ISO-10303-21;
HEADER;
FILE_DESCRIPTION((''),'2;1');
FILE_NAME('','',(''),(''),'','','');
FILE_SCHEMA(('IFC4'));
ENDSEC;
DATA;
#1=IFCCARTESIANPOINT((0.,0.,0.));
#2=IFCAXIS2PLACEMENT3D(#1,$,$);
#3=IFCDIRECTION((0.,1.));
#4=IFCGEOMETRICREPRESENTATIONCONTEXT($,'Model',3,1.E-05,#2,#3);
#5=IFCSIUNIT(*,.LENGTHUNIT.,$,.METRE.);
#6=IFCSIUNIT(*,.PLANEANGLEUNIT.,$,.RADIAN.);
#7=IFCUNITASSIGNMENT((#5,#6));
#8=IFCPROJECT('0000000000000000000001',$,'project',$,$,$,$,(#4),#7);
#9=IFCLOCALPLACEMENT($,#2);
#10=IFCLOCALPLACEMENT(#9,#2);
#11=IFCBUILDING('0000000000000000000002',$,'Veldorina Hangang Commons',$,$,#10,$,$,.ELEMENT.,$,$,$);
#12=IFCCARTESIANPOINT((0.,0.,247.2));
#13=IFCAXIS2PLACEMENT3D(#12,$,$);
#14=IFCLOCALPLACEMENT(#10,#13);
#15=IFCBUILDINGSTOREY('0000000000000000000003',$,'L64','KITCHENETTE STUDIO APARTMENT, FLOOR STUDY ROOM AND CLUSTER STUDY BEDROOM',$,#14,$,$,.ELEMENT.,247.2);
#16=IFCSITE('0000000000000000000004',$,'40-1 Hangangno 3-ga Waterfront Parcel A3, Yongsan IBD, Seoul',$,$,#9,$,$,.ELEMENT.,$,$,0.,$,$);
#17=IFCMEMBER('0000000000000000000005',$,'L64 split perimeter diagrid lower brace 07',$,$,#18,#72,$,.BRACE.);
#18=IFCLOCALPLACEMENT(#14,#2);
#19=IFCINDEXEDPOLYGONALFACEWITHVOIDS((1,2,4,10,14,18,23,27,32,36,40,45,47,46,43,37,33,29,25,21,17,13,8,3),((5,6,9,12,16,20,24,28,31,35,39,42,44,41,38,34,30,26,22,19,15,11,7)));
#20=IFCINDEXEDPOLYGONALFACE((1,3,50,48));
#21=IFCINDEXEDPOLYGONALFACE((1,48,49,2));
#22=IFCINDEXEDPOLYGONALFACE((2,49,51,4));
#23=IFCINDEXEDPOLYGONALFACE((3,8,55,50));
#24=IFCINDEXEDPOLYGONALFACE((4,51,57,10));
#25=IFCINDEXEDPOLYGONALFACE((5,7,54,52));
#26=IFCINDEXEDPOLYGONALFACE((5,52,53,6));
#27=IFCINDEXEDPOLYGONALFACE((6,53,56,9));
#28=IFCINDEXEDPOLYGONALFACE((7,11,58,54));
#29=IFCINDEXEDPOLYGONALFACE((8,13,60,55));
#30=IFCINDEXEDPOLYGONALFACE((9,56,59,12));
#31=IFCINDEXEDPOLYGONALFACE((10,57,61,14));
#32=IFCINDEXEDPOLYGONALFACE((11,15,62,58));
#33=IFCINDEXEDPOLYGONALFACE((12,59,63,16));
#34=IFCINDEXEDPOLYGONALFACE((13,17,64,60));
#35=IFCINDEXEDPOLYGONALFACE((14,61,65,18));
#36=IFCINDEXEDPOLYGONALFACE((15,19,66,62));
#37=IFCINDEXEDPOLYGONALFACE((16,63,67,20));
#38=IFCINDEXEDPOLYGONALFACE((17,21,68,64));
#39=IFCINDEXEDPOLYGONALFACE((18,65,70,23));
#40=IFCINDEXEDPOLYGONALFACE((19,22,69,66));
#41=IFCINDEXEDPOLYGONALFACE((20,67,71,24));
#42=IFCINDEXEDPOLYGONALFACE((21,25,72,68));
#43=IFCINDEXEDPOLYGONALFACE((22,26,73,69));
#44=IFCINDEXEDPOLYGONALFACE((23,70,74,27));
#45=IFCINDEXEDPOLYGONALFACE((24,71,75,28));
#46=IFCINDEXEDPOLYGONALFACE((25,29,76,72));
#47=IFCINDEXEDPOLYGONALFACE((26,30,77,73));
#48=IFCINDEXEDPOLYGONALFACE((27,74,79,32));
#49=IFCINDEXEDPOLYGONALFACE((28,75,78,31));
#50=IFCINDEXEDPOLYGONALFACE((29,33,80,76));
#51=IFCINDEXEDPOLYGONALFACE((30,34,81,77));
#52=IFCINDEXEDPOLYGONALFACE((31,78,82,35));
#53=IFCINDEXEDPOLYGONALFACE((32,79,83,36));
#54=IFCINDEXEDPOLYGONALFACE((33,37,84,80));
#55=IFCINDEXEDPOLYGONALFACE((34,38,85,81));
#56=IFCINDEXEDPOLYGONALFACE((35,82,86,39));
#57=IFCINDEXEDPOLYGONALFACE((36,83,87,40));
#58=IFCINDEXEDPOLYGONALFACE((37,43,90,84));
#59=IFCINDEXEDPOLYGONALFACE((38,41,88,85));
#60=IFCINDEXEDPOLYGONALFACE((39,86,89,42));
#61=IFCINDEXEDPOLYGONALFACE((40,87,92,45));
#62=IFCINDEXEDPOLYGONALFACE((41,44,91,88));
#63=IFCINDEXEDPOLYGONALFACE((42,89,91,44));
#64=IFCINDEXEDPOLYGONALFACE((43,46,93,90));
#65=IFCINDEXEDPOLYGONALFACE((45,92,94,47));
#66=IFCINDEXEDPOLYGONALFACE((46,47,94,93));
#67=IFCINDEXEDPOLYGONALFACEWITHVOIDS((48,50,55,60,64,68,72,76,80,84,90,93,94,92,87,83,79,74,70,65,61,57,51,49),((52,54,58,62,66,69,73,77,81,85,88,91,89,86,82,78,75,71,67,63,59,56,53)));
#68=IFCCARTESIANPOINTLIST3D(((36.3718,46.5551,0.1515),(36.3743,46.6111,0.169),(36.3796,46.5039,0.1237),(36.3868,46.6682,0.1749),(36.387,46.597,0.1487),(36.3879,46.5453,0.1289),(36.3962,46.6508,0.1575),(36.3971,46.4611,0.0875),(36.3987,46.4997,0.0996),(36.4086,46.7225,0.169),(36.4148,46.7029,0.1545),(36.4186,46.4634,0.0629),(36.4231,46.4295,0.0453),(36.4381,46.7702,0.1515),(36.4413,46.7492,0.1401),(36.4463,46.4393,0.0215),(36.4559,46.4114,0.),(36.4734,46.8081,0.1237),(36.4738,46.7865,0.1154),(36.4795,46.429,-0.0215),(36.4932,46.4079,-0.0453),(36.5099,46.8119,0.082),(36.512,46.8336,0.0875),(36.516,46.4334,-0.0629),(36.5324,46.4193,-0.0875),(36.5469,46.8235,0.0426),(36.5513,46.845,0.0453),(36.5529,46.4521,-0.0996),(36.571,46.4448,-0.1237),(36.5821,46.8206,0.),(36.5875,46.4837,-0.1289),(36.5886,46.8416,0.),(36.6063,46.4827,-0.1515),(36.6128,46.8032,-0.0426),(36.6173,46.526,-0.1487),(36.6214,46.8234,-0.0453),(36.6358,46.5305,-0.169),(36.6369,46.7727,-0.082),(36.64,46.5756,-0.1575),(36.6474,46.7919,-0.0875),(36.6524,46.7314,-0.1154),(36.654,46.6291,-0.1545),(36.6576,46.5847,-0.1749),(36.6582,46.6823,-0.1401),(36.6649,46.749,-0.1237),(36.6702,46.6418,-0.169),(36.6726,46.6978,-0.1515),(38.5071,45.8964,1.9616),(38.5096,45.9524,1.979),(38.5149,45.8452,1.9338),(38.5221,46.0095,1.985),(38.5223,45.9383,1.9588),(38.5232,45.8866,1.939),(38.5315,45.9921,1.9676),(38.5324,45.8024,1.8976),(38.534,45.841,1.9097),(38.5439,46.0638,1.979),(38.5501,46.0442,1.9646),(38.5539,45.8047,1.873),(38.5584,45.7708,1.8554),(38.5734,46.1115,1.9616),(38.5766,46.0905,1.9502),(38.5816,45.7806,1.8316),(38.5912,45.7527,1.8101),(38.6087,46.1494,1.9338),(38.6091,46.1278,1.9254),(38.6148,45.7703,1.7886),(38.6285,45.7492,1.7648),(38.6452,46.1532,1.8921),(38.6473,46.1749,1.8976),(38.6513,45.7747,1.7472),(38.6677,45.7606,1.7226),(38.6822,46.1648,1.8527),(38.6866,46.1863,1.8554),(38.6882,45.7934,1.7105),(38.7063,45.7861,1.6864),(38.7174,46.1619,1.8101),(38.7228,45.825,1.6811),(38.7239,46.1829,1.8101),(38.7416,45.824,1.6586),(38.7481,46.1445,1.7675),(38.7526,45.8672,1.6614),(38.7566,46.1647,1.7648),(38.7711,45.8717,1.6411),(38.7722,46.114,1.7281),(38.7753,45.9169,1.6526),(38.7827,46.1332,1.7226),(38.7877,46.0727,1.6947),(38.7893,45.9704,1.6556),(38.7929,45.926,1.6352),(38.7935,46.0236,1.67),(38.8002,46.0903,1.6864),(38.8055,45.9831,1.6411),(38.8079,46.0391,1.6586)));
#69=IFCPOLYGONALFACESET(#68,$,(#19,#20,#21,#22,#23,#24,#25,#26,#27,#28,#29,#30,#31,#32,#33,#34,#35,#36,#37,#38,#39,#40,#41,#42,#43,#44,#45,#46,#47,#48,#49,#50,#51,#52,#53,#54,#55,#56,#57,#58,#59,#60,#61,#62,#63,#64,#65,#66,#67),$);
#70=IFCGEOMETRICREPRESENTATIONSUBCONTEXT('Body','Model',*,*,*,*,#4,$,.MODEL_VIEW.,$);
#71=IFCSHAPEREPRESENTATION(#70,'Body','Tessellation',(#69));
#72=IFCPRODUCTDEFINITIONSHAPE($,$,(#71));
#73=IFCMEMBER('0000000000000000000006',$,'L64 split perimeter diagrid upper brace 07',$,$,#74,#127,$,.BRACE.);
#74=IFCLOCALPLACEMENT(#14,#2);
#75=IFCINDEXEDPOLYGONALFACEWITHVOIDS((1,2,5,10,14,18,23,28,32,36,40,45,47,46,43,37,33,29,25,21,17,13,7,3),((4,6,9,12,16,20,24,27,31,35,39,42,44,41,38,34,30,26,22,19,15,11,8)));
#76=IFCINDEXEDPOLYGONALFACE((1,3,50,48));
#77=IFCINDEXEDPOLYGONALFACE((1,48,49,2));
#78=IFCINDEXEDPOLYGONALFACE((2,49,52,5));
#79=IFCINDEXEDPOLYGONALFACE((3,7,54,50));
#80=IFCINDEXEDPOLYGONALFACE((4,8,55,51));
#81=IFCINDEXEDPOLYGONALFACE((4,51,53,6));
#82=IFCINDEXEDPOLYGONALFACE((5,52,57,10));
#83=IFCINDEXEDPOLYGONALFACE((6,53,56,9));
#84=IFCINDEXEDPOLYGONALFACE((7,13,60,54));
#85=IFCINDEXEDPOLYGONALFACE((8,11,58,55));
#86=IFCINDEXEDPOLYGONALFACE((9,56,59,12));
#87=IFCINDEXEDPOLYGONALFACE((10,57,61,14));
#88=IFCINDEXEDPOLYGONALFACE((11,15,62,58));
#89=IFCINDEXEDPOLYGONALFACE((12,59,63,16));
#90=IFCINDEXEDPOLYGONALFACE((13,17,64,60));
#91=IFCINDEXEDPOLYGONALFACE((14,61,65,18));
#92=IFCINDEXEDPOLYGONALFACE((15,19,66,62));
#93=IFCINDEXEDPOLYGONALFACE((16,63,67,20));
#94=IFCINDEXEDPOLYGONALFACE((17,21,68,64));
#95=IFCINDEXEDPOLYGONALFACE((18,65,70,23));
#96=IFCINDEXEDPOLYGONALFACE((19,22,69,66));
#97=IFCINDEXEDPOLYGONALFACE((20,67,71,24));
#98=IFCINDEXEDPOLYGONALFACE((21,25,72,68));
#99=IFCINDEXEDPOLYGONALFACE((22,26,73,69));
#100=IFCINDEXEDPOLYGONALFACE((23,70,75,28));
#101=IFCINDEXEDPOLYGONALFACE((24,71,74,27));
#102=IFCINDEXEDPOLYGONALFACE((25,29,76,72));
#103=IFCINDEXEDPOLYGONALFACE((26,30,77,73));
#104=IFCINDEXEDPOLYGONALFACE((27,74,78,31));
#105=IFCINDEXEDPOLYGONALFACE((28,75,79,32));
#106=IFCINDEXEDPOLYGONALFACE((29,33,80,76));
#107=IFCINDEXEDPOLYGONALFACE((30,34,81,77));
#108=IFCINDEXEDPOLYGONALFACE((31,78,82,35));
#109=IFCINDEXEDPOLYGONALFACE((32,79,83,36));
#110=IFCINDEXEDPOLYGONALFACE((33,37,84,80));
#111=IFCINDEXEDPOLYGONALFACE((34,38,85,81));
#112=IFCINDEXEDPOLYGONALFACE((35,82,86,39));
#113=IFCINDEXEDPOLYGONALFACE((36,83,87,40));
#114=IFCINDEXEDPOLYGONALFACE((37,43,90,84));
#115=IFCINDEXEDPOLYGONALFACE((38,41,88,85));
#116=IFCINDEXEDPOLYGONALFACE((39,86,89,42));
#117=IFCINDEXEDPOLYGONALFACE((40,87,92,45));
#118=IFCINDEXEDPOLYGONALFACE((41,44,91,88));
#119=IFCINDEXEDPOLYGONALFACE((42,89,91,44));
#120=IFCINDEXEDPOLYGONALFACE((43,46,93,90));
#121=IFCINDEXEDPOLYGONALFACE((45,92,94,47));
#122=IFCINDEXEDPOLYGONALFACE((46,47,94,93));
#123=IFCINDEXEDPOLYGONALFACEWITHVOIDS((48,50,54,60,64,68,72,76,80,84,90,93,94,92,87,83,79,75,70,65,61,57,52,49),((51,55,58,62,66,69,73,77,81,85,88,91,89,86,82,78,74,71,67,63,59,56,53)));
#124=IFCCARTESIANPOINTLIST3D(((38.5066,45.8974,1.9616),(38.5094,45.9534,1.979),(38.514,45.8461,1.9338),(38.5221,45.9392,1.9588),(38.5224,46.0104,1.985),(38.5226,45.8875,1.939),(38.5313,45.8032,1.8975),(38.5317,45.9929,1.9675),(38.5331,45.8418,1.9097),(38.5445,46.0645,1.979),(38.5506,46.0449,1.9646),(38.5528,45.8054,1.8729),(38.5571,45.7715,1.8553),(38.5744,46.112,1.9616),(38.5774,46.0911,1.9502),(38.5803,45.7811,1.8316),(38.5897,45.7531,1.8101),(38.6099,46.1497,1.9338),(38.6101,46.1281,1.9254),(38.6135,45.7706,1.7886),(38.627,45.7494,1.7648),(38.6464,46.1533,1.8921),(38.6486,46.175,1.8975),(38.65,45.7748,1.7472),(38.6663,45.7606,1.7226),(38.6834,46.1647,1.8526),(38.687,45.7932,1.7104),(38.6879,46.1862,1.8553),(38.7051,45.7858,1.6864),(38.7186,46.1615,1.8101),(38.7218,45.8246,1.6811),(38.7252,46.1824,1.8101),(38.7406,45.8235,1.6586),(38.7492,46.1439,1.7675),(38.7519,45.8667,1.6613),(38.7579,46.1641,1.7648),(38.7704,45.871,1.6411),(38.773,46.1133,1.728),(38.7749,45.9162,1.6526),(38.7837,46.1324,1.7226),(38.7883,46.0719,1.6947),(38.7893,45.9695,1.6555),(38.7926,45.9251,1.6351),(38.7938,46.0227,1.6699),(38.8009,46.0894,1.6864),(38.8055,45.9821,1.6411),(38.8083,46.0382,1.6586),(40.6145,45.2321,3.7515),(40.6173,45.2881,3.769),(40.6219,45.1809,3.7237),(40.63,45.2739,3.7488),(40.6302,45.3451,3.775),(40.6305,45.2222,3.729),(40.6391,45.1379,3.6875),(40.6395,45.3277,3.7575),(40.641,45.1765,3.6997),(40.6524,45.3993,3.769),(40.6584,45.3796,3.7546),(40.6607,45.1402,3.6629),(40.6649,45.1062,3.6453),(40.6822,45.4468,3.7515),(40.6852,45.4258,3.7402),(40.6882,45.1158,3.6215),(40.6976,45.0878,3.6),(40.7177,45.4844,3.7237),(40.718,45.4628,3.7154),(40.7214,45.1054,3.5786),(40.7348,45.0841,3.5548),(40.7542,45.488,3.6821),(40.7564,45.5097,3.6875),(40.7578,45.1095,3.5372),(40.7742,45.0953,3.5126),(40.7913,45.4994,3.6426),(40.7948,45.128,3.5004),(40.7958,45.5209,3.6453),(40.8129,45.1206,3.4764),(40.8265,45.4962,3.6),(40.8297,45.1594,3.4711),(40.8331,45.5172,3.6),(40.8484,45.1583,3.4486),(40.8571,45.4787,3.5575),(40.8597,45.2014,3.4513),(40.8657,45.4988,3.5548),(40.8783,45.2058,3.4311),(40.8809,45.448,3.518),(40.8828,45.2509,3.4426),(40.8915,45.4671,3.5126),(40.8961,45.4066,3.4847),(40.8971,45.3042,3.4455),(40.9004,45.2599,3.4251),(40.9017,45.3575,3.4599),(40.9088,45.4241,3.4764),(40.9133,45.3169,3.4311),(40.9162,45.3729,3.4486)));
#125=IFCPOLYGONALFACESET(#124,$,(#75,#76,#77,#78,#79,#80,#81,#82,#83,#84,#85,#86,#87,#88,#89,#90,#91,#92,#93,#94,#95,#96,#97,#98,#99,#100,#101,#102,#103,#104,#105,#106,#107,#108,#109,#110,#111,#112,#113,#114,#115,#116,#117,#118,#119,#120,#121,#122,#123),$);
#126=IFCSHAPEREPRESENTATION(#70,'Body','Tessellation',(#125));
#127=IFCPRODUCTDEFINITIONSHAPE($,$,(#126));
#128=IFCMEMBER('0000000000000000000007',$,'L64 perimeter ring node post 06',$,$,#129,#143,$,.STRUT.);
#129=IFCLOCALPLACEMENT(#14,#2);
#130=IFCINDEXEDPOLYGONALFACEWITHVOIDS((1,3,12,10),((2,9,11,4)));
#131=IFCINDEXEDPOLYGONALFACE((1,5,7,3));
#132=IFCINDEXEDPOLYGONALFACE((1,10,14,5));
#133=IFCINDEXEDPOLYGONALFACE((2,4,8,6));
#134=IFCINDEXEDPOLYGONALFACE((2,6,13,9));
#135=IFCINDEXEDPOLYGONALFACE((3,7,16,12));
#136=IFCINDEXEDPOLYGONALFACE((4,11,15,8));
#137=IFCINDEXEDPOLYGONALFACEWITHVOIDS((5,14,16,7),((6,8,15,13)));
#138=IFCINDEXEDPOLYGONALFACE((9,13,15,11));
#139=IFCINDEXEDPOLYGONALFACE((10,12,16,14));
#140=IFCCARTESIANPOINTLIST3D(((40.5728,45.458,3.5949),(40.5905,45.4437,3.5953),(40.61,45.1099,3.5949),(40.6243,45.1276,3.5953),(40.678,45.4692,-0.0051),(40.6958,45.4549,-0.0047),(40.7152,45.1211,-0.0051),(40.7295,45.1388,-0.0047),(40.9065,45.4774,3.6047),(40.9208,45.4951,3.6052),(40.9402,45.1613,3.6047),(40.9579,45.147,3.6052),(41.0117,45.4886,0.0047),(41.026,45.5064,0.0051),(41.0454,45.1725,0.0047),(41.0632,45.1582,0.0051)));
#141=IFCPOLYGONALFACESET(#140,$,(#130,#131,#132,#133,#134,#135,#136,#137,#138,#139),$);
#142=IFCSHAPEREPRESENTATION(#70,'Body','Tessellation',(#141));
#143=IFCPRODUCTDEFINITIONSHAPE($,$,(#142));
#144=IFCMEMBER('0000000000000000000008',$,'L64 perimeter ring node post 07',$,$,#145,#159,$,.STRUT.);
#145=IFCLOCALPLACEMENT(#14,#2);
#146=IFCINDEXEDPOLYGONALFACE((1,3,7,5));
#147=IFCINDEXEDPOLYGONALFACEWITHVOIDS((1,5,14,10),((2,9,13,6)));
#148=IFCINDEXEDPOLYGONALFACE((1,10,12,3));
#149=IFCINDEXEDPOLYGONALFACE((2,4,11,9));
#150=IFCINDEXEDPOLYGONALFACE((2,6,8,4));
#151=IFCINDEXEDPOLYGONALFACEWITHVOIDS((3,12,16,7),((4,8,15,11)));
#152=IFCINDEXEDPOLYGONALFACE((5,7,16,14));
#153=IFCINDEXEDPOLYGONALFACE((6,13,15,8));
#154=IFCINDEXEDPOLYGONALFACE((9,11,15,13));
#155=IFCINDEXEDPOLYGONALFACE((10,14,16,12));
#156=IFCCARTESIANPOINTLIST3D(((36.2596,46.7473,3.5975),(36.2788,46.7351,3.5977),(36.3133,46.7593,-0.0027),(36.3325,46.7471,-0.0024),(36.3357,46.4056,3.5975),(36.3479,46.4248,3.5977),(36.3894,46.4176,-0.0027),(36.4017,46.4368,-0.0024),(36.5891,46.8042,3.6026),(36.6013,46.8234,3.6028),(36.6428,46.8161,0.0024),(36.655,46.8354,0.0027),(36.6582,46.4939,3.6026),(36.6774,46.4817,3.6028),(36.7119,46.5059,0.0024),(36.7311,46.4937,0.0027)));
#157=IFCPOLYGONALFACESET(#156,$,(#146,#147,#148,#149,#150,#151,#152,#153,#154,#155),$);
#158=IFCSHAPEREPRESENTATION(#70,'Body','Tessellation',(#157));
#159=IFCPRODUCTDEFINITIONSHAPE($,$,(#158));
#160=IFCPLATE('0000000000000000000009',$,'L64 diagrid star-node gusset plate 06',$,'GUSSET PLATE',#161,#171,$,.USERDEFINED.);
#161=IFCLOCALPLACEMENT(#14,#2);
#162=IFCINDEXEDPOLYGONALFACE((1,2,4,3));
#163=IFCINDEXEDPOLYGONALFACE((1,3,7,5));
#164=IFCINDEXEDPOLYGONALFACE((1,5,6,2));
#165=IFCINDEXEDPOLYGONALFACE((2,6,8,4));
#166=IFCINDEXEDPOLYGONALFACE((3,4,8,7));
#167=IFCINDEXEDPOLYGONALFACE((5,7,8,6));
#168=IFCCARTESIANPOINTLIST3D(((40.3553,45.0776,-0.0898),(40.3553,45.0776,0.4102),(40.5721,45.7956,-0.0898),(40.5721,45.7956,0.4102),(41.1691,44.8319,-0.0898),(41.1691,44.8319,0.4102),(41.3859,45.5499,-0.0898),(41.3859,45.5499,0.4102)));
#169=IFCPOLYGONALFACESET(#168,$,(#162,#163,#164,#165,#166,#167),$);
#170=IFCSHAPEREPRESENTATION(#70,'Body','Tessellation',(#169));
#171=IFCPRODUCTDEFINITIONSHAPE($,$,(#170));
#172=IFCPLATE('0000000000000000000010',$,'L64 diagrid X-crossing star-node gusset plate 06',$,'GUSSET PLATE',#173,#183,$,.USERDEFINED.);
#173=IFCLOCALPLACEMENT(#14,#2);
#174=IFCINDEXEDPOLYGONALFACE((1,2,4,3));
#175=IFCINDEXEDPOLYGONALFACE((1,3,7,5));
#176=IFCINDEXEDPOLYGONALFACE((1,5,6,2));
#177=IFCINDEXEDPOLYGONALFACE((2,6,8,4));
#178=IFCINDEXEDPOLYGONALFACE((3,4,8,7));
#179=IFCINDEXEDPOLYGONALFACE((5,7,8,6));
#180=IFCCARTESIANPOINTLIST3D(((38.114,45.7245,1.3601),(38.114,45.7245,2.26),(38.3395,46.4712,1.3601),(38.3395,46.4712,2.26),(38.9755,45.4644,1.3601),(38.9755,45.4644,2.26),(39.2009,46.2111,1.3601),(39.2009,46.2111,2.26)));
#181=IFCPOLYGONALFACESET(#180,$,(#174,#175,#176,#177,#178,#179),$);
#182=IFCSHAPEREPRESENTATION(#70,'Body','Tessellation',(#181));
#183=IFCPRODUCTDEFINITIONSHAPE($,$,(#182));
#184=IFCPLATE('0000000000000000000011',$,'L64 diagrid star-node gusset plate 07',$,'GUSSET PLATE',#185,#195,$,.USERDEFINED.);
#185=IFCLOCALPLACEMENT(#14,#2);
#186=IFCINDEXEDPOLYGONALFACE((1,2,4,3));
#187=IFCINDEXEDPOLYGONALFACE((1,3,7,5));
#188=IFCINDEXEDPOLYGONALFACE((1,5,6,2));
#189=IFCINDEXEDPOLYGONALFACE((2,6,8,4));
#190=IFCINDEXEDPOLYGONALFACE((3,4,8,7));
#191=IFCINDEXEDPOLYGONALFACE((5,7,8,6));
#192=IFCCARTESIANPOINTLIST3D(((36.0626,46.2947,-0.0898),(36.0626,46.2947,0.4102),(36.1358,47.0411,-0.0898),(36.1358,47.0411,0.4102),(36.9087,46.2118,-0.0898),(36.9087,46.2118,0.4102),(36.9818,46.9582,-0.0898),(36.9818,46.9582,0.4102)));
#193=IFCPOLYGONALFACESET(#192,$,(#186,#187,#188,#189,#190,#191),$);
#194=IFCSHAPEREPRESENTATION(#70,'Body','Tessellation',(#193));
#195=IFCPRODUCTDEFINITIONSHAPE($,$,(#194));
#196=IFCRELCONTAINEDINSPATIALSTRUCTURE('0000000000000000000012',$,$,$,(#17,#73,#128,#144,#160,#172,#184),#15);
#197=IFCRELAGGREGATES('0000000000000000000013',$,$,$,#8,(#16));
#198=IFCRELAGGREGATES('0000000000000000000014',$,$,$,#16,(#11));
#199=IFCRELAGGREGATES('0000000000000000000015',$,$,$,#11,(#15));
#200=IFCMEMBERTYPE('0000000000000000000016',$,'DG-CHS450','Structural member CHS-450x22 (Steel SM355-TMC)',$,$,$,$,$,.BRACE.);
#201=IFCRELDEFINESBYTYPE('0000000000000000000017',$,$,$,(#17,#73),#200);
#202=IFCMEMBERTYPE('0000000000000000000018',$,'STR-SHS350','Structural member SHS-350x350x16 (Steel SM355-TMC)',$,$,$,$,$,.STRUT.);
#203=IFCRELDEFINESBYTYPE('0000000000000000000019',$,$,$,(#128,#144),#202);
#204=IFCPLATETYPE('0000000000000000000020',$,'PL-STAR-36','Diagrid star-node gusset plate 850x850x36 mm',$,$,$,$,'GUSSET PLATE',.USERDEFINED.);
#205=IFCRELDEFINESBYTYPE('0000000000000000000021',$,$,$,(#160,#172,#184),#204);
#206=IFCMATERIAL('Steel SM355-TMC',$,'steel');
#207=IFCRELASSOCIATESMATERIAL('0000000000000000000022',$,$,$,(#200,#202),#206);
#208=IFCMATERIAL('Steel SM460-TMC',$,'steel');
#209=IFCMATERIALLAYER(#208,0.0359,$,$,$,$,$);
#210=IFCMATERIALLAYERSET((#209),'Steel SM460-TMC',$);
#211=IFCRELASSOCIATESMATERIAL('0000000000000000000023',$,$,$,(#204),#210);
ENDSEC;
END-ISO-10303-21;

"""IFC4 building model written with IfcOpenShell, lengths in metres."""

from ifc_helpers import new_model, si_unit, direction, frame, origin, origin_2d, place, context, subcontext, project, spatial, rectangle, hollow_rectangle, hollow_circle, extrude, material, layer, layer_set, material_profile, profile_set, type_object, element, save


model = new_model("IFC4")

# Units and contexts
model_context = context("Model", 3, precision=1e-05, world=origin(), true_north=direction((0.0, 1.0)))
body_context = subcontext(model_context, "Body", "Model", "MODEL_VIEW")
ifc_project = project(units=[si_unit("LENGTHUNIT", "METRE"), si_unit("PLANEANGLEUNIT", "RADIAN")], contexts=[model_context])

# Site, building, storey
site_placement = place(None, origin())
site = spatial("IfcSite", under=ifc_project, at=site_placement, Name="40-1 Hangangno 3-ga Waterfront Parcel A3, Yongsan IBD, Seoul", CompositionType="ELEMENT", RefElevation=0.0)
building_placement = place(site_placement, origin())
building = spatial("IfcBuilding", under=site, at=building_placement, Name="Veldorina Hangang Commons", CompositionType="ELEMENT")
storey_placement = place(building_placement, frame((0.0, 0.0, 247.2)))
storey = spatial("IfcBuildingStorey", under=building, at=storey_placement, Name="L64", Description="KITCHENETTE STUDIO APARTMENT, FLOOR STUDY ROOM AND CLUSTER STUDY BEDROOM", CompositionType="ELEMENT", Elevation=247.2)

# Shared definitions
ifc_material_1 = material(Name="Steel SM355-TMC", Category="steel")

# Members
ifc_material_profile_1 = material_profile(ifc_material_1, hollow_circle(Radius=0.2251, WallThickness=0.022, at=origin_2d()), Name="CHS-450x22")
ifc_profile_set_1 = profile_set([ifc_material_profile_1], Name="Steel SM355-TMC")
member_type_1 = type_object("IfcMemberType", Name="DG-CHS450", Description="Structural member CHS-450x22 (Steel SM355-TMC)", PredefinedType="BRACE", material=ifc_profile_set_1)
member_1_placement = place(storey_placement, frame((36.5222, 46.6265, 0.0), z_axis=(0.742523, -0.229056, 0.629438), x_axis=(0.294777, 0.955566, 0.0)))
element("IfcMember", 1, at=member_1_placement, inside=storey, type_object=member_type_1, Name="L64 split perimeter diagrid lower brace 07", PredefinedType="BRACE", context=body_context, shape_type="SweptSolid", body=[
    extrude(hollow_circle(Radius=0.2251, WallThickness=0.022, at=origin_2d()), origin(), (0.0, 0.0, 1.0), 2.8757),
])
member_2_placement = place(storey_placement, frame((38.6575, 45.9678, 1.8101), z_axis=(0.741096, -0.233899, 0.629339), x_axis=(0.300978, 0.953631, 0.0)))
element("IfcMember", 2, at=member_2_placement, inside=storey, type_object=member_type_1, Name="L64 split perimeter diagrid upper brace 07", PredefinedType="BRACE", context=body_context, shape_type="SweptSolid", body=[
    extrude(hollow_circle(Radius=0.2251, WallThickness=0.022, at=origin_2d()), origin(), (0.0, 0.0, 1.0), 2.8442),
])
ifc_material_profile_2 = material_profile(ifc_material_1, hollow_rectangle(XDim=0.3501, YDim=0.3501, WallThickness=0.0161, at=origin_2d()), Name="SHS-350x350x16")
ifc_profile_set_2 = profile_set([ifc_material_profile_2], Name="Steel SM355-TMC")
member_type_2 = type_object("IfcMemberType", Name="STR-SHS350", Description="Structural member SHS-350x350x16 (Steel SM355-TMC)", PredefinedType="STRUT", material=ifc_profile_set_2)
member_3_placement = place(storey_placement, frame((40.8706, 45.3137, 0.0), z_axis=(-0.029216, -0.003118, 0.999568), x_axis=(0.106126, -0.994353, 0.0)))
element("IfcMember", 3, at=member_3_placement, inside=storey, type_object=member_type_2, Name="L64 perimeter ring node post 06", PredefinedType="STRUT", context=body_context, shape_type="SweptSolid", body=[
    extrude(hollow_rectangle(XDim=0.3501, YDim=0.3501, WallThickness=0.0161, at=origin_2d()), origin(), (0.0, 0.0, 1.0), 3.6016),
])
member_4_placement = place(storey_placement, frame((36.5222, 46.6265, 0.0), z_axis=(-0.014918, -0.003323, 0.999883), x_axis=(0.2174, -0.976083, 0.0)))
element("IfcMember", 4, at=member_4_placement, inside=storey, type_object=member_type_2, Name="L64 perimeter ring node post 07", PredefinedType="STRUT", context=body_context, shape_type="SweptSolid", body=[
    extrude(hollow_rectangle(XDim=0.3501, YDim=0.3501, WallThickness=0.0161, at=origin_2d()), origin(), (0.0, 0.0, 1.0), 3.6006),
])

# Plates
ifc_material_2 = material(Name="Steel SM460-TMC", Category="steel")
ifc_layer_1 = layer(ifc_material_2, 0.0359)
ifc_layer_set_1 = layer_set([ifc_layer_1], Name="Steel SM460-TMC")
plate_type = type_object("IfcPlateType", Name="PL-STAR-36", Description="Diagrid star-node gusset plate 850x850x36 mm", ElementType="GUSSET PLATE", PredefinedType="USERDEFINED", material=ifc_layer_set_1)
plate_1_placement = place(storey_placement, frame((40.8706, 45.3137, -0.0898), z_axis=(0.0, 0.0, 1.0), x_axis=(-0.957319, 0.289032, 0.0)))
element("IfcPlate", 5, at=plate_1_placement, inside=storey, type_object=plate_type, Name="L64 diagrid star-node gusset plate 06", ObjectType="GUSSET PLATE", PredefinedType="USERDEFINED", context=body_context, shape_type="SweptSolid", body=[
    extrude(rectangle(XDim=0.8501, YDim=0.75, at=origin_2d()), origin(), (0.0, 0.0, 1.0), 0.5),
])
plate_2_placement = place(storey_placement, frame((38.6575, 45.9678, 1.3601), z_axis=(0.0, 0.0, 1.0), x_axis=(-0.957319, 0.289032, 0.0)))
element("IfcPlate", 6, at=plate_2_placement, inside=storey, type_object=plate_type, Name="L64 diagrid X-crossing star-node gusset plate 06", ObjectType="GUSSET PLATE", PredefinedType="USERDEFINED", context=body_context, shape_type="SweptSolid", body=[
    extrude(rectangle(XDim=0.8999, YDim=0.78, at=origin_2d()), origin(), (0.0, 0.0, 1.0), 0.8999),
])
plate_3_placement = place(storey_placement, frame((36.5222, 46.6265, -0.0898), z_axis=(0.0, 0.0, 1.0), x_axis=(-0.995229, 0.097566, 0.0)))
element("IfcPlate", 7, at=plate_3_placement, inside=storey, type_object=plate_type, Name="L64 diagrid star-node gusset plate 07", ObjectType="GUSSET PLATE", PredefinedType="USERDEFINED", context=body_context, shape_type="SweptSolid", body=[
    extrude(rectangle(XDim=0.8501, YDim=0.75, at=origin_2d()), origin(), (0.0, 0.0, 1.0), 0.5),
])

save(model, "model.ifc")
